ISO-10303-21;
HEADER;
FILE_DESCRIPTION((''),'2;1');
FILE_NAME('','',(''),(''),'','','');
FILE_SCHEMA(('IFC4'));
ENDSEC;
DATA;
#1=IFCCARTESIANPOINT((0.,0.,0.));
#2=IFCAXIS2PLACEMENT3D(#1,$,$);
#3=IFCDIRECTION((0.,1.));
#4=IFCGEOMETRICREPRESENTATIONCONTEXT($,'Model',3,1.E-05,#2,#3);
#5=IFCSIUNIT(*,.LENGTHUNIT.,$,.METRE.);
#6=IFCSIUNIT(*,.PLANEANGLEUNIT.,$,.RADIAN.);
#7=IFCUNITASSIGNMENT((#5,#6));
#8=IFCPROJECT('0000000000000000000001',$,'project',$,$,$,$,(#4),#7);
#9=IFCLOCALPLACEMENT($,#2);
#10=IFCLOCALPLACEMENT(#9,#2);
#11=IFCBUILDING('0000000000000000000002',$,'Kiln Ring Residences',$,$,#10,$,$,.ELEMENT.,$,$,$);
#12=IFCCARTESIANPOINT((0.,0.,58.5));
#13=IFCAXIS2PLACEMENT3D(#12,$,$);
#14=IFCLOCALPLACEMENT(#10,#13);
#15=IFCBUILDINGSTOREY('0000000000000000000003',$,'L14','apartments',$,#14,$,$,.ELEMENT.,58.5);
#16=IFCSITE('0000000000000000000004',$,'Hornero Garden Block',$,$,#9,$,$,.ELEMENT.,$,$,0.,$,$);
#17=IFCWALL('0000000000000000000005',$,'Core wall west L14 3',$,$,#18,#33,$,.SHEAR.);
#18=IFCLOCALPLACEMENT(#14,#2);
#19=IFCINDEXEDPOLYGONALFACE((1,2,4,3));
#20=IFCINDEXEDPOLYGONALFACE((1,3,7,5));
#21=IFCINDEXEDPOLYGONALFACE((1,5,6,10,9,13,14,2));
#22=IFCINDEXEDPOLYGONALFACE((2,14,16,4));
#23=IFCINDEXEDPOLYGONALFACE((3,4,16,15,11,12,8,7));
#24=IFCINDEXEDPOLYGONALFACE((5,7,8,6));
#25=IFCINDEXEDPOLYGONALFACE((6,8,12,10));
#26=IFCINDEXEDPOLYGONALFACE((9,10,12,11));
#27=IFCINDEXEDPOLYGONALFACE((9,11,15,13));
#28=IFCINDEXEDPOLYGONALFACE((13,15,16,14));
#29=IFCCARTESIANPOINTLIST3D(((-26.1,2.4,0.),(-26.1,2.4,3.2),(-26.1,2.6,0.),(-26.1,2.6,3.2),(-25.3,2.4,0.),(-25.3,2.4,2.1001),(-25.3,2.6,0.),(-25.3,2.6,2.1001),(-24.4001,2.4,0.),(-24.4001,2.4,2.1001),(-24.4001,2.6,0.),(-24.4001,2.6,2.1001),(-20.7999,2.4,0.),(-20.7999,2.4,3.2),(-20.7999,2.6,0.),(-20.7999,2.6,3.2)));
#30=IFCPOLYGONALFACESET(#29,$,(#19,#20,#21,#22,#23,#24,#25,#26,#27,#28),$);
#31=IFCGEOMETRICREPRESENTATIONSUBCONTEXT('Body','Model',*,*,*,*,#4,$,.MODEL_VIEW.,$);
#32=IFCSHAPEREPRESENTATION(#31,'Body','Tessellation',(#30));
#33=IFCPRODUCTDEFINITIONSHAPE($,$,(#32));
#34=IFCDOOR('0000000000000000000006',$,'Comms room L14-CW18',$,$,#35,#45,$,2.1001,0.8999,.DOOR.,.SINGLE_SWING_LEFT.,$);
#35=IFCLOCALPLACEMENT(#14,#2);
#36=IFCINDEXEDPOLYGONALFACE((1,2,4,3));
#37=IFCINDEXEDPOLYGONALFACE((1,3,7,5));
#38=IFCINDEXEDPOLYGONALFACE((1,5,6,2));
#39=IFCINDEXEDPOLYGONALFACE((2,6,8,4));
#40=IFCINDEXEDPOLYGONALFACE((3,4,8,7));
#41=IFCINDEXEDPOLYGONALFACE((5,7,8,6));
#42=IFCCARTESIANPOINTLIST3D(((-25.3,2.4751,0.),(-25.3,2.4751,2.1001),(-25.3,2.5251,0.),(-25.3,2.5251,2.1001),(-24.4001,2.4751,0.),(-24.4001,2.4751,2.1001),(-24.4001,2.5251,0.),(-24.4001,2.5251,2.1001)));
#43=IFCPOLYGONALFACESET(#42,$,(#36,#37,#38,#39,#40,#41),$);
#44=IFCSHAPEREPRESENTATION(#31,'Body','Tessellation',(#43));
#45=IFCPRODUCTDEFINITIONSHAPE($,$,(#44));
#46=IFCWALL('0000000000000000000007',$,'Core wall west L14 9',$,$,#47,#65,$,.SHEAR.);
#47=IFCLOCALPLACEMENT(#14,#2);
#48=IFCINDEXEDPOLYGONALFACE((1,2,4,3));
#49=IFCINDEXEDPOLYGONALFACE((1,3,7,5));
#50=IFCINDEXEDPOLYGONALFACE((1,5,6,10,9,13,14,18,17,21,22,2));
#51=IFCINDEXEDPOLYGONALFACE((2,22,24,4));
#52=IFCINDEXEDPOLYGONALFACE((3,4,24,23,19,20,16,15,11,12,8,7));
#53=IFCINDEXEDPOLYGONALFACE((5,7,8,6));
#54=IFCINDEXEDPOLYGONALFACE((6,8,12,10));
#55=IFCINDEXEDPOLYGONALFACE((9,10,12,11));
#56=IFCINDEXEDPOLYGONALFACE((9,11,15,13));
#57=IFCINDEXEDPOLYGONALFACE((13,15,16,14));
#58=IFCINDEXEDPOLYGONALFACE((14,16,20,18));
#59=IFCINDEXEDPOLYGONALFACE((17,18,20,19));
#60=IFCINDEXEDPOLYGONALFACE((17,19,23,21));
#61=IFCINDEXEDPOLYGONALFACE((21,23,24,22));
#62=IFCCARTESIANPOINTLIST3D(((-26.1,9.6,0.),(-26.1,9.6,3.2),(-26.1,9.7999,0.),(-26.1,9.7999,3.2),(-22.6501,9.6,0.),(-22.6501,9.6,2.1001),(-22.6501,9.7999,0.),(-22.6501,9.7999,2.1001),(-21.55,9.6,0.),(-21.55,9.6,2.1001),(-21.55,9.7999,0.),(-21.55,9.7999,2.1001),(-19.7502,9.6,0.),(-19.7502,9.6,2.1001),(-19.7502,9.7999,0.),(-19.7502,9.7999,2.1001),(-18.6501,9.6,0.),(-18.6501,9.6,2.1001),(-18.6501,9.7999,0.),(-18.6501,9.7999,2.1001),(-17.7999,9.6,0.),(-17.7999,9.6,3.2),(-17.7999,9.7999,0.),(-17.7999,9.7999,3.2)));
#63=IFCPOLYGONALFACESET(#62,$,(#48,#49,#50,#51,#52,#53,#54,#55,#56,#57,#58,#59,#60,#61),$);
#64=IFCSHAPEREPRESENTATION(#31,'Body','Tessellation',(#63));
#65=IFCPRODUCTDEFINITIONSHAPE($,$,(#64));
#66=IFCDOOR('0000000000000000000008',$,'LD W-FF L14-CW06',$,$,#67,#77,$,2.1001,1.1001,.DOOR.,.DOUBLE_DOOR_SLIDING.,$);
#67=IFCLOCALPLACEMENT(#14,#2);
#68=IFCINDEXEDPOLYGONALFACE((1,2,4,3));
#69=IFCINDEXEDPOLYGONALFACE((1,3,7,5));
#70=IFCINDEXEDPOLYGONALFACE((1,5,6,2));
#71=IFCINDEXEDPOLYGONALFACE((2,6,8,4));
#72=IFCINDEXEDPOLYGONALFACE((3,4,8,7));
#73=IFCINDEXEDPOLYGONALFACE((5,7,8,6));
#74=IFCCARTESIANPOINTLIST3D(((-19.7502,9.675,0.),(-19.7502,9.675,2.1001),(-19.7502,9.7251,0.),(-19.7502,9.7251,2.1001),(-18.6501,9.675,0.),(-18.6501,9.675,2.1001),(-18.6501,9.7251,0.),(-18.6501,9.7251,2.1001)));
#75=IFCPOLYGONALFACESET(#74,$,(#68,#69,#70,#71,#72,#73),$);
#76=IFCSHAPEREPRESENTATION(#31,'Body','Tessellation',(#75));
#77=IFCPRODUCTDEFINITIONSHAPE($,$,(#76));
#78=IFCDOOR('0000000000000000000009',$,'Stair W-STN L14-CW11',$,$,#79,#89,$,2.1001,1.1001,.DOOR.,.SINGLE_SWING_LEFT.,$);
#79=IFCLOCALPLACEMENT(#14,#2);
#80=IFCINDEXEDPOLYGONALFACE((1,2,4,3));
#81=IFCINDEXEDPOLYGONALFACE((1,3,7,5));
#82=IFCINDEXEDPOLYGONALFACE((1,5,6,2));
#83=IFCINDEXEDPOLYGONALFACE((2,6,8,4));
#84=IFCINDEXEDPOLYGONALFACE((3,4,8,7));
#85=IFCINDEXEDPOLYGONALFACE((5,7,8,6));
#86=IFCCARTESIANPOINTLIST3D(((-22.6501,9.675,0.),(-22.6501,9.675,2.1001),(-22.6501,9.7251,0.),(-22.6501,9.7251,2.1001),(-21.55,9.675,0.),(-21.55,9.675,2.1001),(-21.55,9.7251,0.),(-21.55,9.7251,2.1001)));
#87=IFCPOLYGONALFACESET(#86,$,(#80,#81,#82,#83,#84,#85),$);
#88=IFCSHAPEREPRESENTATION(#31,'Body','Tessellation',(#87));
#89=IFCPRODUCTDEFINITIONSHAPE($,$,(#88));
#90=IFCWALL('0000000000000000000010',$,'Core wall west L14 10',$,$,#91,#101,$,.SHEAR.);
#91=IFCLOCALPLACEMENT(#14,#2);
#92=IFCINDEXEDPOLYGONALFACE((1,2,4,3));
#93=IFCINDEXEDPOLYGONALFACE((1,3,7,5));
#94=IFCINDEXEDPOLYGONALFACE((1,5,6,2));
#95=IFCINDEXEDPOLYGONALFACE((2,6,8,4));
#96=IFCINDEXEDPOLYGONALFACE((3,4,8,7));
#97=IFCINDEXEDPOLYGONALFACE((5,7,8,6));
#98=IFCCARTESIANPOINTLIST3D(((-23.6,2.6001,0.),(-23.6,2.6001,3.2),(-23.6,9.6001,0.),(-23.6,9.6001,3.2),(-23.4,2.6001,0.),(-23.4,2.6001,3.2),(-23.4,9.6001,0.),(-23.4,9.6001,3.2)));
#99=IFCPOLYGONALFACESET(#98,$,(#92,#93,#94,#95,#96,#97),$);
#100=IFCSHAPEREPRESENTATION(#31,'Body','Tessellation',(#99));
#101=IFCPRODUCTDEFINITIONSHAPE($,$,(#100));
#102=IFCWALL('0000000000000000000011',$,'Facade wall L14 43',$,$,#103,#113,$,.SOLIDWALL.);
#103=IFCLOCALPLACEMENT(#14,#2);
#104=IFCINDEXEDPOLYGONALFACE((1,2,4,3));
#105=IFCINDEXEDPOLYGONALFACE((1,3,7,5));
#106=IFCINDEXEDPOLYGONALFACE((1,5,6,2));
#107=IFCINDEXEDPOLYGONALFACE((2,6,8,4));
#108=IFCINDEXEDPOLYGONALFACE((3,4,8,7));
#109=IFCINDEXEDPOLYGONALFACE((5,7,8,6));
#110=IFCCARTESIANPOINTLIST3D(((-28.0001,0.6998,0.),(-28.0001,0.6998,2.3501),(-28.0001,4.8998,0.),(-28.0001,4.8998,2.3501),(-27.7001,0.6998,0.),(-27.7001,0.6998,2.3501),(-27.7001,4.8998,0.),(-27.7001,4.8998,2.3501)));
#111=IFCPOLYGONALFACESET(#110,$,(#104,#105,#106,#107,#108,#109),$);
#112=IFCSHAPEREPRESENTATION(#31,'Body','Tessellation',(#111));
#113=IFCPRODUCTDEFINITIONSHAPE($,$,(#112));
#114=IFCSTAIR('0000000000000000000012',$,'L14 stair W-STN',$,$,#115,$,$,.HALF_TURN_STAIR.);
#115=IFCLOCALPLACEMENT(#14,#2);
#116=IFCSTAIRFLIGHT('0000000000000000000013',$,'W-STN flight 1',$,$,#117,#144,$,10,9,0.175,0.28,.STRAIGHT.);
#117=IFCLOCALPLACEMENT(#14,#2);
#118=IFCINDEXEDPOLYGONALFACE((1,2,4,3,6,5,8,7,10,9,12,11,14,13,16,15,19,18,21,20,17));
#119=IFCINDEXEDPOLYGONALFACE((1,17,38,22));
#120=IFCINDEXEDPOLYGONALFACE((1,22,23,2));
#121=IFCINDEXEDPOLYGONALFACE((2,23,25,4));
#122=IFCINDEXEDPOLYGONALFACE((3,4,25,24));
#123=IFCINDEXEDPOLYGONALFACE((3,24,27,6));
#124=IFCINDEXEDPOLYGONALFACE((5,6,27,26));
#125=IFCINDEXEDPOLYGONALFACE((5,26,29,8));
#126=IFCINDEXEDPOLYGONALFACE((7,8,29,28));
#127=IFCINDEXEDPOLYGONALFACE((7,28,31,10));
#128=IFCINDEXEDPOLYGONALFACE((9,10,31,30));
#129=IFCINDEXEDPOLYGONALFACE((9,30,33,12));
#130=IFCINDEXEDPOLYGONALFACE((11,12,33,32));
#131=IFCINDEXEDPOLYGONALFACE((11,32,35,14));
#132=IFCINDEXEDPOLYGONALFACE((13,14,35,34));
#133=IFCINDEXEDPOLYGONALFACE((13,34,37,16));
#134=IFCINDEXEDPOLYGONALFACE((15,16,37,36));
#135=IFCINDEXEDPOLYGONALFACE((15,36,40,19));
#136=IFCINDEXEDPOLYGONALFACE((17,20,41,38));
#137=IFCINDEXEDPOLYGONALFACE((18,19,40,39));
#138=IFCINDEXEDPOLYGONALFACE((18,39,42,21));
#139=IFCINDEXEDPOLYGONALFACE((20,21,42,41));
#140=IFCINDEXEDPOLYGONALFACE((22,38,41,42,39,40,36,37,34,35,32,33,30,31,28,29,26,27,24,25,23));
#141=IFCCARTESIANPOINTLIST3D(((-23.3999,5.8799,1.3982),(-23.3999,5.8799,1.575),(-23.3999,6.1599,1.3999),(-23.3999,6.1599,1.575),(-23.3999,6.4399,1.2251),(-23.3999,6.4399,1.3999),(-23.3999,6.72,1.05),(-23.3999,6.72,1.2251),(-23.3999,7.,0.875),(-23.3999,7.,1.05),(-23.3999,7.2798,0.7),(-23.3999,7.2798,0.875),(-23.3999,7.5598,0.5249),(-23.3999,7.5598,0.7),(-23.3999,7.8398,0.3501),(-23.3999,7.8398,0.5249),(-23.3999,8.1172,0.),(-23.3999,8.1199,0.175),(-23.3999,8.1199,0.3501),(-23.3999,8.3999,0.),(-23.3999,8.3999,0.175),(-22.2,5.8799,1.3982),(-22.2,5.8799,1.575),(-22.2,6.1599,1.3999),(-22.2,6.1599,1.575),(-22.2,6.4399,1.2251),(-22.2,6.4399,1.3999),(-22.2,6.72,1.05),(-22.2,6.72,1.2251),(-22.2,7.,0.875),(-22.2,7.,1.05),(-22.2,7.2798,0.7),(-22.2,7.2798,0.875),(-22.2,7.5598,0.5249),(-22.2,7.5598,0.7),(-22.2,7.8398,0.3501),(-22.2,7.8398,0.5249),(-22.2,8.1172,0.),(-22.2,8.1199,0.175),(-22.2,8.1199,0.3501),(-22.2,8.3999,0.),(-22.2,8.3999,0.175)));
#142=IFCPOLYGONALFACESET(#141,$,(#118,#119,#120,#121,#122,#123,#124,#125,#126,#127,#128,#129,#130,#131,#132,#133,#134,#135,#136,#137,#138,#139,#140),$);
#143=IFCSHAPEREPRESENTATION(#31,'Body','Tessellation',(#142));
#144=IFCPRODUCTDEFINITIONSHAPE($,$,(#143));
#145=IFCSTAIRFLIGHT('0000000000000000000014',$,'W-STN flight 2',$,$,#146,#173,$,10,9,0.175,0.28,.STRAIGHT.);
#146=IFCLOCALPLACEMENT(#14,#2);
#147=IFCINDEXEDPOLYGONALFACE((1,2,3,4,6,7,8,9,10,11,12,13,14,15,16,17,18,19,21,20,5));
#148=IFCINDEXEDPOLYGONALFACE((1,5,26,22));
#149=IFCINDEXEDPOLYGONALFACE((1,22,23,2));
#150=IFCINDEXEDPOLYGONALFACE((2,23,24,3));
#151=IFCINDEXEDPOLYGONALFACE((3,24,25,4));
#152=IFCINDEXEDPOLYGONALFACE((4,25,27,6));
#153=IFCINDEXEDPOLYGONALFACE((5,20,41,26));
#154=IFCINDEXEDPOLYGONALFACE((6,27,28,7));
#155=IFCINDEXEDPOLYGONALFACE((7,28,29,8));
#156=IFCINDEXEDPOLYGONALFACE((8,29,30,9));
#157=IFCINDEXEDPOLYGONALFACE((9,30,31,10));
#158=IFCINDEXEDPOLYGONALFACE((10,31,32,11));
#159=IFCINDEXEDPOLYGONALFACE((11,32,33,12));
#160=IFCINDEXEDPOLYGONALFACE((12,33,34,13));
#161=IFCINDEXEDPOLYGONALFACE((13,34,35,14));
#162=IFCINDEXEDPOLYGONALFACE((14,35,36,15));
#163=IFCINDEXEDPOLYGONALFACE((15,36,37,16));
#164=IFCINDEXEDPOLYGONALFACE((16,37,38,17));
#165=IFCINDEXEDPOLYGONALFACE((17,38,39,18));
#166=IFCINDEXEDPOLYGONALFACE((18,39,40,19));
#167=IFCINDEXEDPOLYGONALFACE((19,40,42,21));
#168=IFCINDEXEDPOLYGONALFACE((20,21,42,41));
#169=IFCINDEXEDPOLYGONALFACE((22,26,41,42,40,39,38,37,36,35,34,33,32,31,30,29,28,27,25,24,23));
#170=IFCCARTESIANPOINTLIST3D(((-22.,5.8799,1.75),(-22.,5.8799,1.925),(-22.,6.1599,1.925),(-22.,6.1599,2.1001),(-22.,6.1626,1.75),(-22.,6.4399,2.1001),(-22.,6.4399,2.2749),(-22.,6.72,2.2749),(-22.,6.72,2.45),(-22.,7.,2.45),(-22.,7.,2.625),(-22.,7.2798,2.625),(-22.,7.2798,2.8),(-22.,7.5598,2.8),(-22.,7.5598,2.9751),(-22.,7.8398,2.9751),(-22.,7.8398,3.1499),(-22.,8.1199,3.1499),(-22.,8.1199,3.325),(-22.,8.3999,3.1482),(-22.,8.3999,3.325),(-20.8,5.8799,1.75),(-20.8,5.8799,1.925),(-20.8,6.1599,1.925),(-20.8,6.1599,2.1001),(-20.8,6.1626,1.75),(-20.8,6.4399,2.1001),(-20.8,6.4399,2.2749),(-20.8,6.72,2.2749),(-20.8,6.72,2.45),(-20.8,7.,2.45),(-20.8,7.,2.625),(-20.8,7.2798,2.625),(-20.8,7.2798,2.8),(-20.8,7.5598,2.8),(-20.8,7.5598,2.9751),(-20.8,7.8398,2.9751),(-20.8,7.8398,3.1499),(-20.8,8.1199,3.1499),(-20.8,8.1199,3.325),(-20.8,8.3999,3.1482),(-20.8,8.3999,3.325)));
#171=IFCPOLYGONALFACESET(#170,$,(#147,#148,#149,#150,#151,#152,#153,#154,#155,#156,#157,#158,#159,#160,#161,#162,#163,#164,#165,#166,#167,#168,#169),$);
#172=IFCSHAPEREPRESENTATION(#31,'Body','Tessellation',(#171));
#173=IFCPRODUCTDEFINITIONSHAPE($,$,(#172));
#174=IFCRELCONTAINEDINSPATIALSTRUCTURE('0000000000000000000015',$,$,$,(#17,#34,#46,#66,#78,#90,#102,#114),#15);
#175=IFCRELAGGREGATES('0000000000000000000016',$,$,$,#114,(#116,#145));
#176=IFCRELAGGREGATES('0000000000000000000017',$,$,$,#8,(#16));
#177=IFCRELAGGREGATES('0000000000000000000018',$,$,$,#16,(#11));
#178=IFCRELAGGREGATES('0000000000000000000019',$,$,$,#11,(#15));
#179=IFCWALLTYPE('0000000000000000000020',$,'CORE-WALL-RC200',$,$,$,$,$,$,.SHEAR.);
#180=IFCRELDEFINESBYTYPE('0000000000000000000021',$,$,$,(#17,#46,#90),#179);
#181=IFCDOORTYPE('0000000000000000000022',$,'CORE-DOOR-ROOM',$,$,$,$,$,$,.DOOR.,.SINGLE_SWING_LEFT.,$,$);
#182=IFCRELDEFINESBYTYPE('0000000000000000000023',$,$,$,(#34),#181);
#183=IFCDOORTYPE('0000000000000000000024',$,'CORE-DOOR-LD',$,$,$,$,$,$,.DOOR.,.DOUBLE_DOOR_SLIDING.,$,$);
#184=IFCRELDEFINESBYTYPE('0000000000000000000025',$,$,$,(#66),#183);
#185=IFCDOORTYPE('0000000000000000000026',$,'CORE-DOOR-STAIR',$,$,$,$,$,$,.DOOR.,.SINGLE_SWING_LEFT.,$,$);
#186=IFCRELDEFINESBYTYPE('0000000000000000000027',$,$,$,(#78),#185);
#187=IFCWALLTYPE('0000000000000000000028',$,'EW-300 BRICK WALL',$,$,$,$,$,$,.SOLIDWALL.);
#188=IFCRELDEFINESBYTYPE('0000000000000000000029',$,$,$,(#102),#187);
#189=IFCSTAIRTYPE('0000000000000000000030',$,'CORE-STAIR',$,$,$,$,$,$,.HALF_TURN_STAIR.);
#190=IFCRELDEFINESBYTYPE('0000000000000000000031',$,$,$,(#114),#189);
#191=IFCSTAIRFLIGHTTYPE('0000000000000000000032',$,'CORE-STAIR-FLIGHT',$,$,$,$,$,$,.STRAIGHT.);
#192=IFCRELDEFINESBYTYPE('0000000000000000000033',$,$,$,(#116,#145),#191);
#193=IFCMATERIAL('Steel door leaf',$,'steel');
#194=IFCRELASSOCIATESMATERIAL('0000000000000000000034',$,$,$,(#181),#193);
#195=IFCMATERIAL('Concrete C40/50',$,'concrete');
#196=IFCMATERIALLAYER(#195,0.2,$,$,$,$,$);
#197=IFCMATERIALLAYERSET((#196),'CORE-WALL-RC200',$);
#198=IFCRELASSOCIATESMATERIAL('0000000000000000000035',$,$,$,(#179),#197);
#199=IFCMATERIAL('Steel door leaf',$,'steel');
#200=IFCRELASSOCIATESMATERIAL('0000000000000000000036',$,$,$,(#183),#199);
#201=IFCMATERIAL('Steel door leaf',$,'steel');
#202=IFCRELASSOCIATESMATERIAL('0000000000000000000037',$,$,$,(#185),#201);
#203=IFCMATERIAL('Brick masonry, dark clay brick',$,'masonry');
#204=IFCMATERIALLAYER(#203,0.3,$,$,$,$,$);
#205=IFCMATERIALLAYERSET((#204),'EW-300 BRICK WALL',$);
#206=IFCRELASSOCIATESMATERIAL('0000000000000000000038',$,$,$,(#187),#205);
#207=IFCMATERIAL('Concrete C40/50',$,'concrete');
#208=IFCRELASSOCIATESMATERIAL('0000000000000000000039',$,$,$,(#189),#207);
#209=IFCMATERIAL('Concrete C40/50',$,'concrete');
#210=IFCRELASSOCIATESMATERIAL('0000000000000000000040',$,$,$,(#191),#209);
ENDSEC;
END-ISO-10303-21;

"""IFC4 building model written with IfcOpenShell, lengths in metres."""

from ifc_helpers import new_model, si_unit, direction, frame, frame_2d, origin, place, context, subcontext, project, spatial, polyline, rectangle, outline, extrude, material, layer, layer_set, type_object, element, fill, aggregate, save


model = new_model("IFC4")

# Units and contexts
model_context = context("Model", 3, precision=1e-05, world=origin(), true_north=direction((0.0, 1.0)))
body_context = subcontext(model_context, "Body", "Model", "MODEL_VIEW")
ifc_project = project(units=[si_unit("LENGTHUNIT", "METRE"), si_unit("PLANEANGLEUNIT", "RADIAN")], contexts=[model_context])

# Site, building, storey
site_placement = place(None, origin())
site = spatial("IfcSite", under=ifc_project, at=site_placement, Name="Hornero Garden Block", CompositionType="ELEMENT", RefElevation=0.0)
building_placement = place(site_placement, origin())
building = spatial("IfcBuilding", under=site, at=building_placement, Name="Kiln Ring Residences", CompositionType="ELEMENT")
storey_placement = place(building_placement, frame((0.0, 0.0, 58.5)))
storey = spatial("IfcBuildingStorey", under=building, at=storey_placement, Name="L14", Description="apartments", CompositionType="ELEMENT", Elevation=58.5)

# Shared definitions
ifc_material_1 = material(Name="Steel door leaf", Category="steel")
door_type_1 = type_object("IfcDoorType", Name="CORE-DOOR-ROOM", OperationType="SINGLE_SWING_LEFT", PredefinedType="DOOR", material=ifc_material_1)

# Shared definitions
ifc_material_2 = material(Name="Concrete C40/50", Category="concrete")
ifc_layer_1 = layer(ifc_material_2, 0.2)
ifc_layer_set_1 = layer_set([ifc_layer_1], Name="CORE-WALL-RC200")
wall_type_1 = type_object("IfcWallType", Name="CORE-WALL-RC200", PredefinedType="SHEAR", material=ifc_layer_set_1)

# Wall, opening, door
wall_1_placement = place(storey_placement, frame((-20.8, 2.5, 0.0), z_axis=(0.0, 0.0, 1.0), x_axis=(-1.0, 0.0, 0.0)))
wall_1 = element("IfcWall", 1, at=wall_1_placement, inside=storey, type_object=wall_type_1, Name="Core wall west L14 3", PredefinedType="SHEAR", context=body_context, shape_type="SweptSolid", body=[
    extrude(rectangle(XDim=5.3, YDim=0.2, at=frame_2d((2.6499, 0.0))), origin(), (0.0, 0.0, 1.0), 3.2),
])
opening_1_placement = place(wall_1_placement, frame((3.6001, 0.0, 0.0)))
opening_1 = element("IfcOpeningElement", 2, at=opening_1_placement, cuts=wall_1, PredefinedType="OPENING", context=body_context, shape_type="SweptSolid", body=[
    extrude(rectangle(XDim=0.8999, YDim=2.1001, at=frame_2d((0.45, 1.05))), frame((0.0, 0.1099, 0.0), z_axis=(0.0, -1.0, 0.0), x_axis=(1.0, 0.0, 0.0)), (0.0, 0.0, 1.0), 0.22),
])
door_1_placement = place(opening_1_placement, origin())
door_1 = element("IfcDoor", 3, at=door_1_placement, inside=storey, type_object=door_type_1, Name="Comms room L14-CW18", OperationType="SINGLE_SWING_LEFT", OverallHeight=2.1001, OverallWidth=0.8999, PredefinedType="DOOR", context=body_context, shape_type="SweptSolid", body=[
    extrude(rectangle(XDim=0.8999, YDim=2.1001, at=frame_2d((0.45, 1.05))), frame((0.0, 0.0249, 0.0), z_axis=(0.0, -1.0, 0.0), x_axis=(1.0, 0.0, 0.0)), (0.0, 0.0, 1.0), 0.05),
])
fill(opening_1, door_1)

# Wall, openings, doors
wall_2_placement = place(storey_placement, frame((-17.8, 9.7, 0.0), z_axis=(0.0, 0.0, 1.0), x_axis=(-1.0, 0.0, 0.0)))
wall_2 = element("IfcWall", 4, at=wall_2_placement, inside=storey, type_object=wall_type_1, Name="Core wall west L14 9", PredefinedType="SHEAR", context=body_context, shape_type="SweptSolid", body=[
    extrude(rectangle(XDim=8.3, YDim=0.2, at=frame_2d((4.1499, 0.0))), origin(), (0.0, 0.0, 1.0), 3.2),
])
opening_2_placement = place(wall_2_placement, frame((0.8501, 0.0, 0.0)))
opening_2 = element("IfcOpeningElement", 5, at=opening_2_placement, cuts=wall_2, PredefinedType="OPENING", context=body_context, shape_type="SweptSolid", body=[
    extrude(rectangle(XDim=1.1001, YDim=2.1001, at=frame_2d((0.55, 1.05))), frame((0.0, 0.1099, 0.0), z_axis=(0.0, -1.0, 0.0), x_axis=(1.0, 0.0, 0.0)), (0.0, 0.0, 1.0), 0.22),
])
opening_3_placement = place(wall_2_placement, frame((3.75, 0.0, 0.0)))
opening_3 = element("IfcOpeningElement", 6, at=opening_3_placement, cuts=wall_2, PredefinedType="OPENING", context=body_context, shape_type="SweptSolid", body=[
    extrude(rectangle(XDim=1.1001, YDim=2.1001, at=frame_2d((0.55, 1.05))), frame((0.0, 0.1099, 0.0), z_axis=(0.0, -1.0, 0.0), x_axis=(1.0, 0.0, 0.0)), (0.0, 0.0, 1.0), 0.22),
])
ifc_material_3 = material(Name="Steel door leaf", Category="steel")
door_type_2 = type_object("IfcDoorType", Name="CORE-DOOR-LD", OperationType="DOUBLE_DOOR_SLIDING", PredefinedType="DOOR", material=ifc_material_3)
door_2_placement = place(opening_2_placement, origin())
door_2 = element("IfcDoor", 7, at=door_2_placement, inside=storey, type_object=door_type_2, Name="LD W-FF L14-CW06", OperationType="DOUBLE_DOOR_SLIDING", OverallHeight=2.1001, OverallWidth=1.1001, PredefinedType="DOOR", context=body_context, shape_type="SweptSolid", body=[
    extrude(rectangle(XDim=1.1001, YDim=2.1001, at=frame_2d((0.55, 1.05))), frame((0.0, 0.0249, 0.0), z_axis=(0.0, -1.0, 0.0), x_axis=(1.0, 0.0, 0.0)), (0.0, 0.0, 1.0), 0.05),
])
fill(opening_2, door_2)
ifc_material_4 = material(Name="Steel door leaf", Category="steel")
door_type_3 = type_object("IfcDoorType", Name="CORE-DOOR-STAIR", OperationType="SINGLE_SWING_LEFT", PredefinedType="DOOR", material=ifc_material_4)
door_3_placement = place(opening_3_placement, origin())
door_3 = element("IfcDoor", 8, at=door_3_placement, inside=storey, type_object=door_type_3, Name="Stair W-STN L14-CW11", OperationType="SINGLE_SWING_LEFT", OverallHeight=2.1001, OverallWidth=1.1001, PredefinedType="DOOR", context=body_context, shape_type="SweptSolid", body=[
    extrude(rectangle(XDim=1.1001, YDim=2.1001, at=frame_2d((0.55, 1.05))), frame((0.0, 0.0249, 0.0), z_axis=(0.0, -1.0, 0.0), x_axis=(1.0, 0.0, 0.0)), (0.0, 0.0, 1.0), 0.05),
])
fill(opening_3, door_3)

# Walls
wall_3_placement = place(storey_placement, frame((-23.5, 2.6001, 0.0), z_axis=(0.0, 0.0, 1.0), x_axis=(0.0, 1.0, 0.0)))
element("IfcWall", 9, at=wall_3_placement, inside=storey, type_object=wall_type_1, Name="Core wall west L14 10", PredefinedType="SHEAR", context=body_context, shape_type="SweptSolid", body=[
    extrude(rectangle(XDim=7.0, YDim=0.2, at=frame_2d((3.5, 0.0))), origin(), (0.0, 0.0, 1.0), 3.2),
])
ifc_material_5 = material(Name="Brick masonry, dark clay brick", Category="masonry")
ifc_layer_2 = layer(ifc_material_5, 0.3)
ifc_layer_set_2 = layer_set([ifc_layer_2], Name="EW-300 BRICK WALL")
wall_type_2 = type_object("IfcWallType", Name="EW-300 BRICK WALL", PredefinedType="SOLIDWALL", material=ifc_layer_set_2)
wall_4_placement = place(storey_placement, frame((-27.8501, 4.8999, 0.0), z_axis=(0.0, 0.0, 1.0), x_axis=(0.0, -1.0, 0.0)))
element("IfcWall", 10, at=wall_4_placement, inside=storey, type_object=wall_type_2, Name="Facade wall L14 43", PredefinedType="SOLIDWALL", context=body_context, shape_type="SweptSolid", body=[
    extrude(rectangle(XDim=4.2, YDim=0.3, at=frame_2d((2.1001, 0.0))), origin(), (0.0, 0.0, 1.0), 2.3501),
])

# Stair, stair flights
ifc_material_6 = material(Name="Concrete C40/50", Category="concrete")
stair_type = type_object("IfcStairType", Name="CORE-STAIR", PredefinedType="HALF_TURN_STAIR", material=ifc_material_6)
stair_placement = place(storey_placement, origin())
stair = element("IfcStair", 11, at=stair_placement, inside=storey, type_object=stair_type, Name="L14 stair W-STN", PredefinedType="HALF_TURN_STAIR")
ifc_material_7 = material(Name="Concrete C40/50", Category="concrete")
stair_flight_type = type_object("IfcStairFlightType", Name="CORE-STAIR-FLIGHT", PredefinedType="STRAIGHT", material=ifc_material_7)
stair_flight_1_placement = place(storey_placement, frame((-22.8, 8.3999, 0.0), z_axis=(0.0, 0.0, 1.0), x_axis=(0.0, -1.0, 0.0)))
stair_flight_1 = element("IfcStairFlight", 12, at=stair_flight_1_placement, type_object=stair_flight_type, Name="W-STN flight 1", NumberOfRisers=10, NumberOfTreads=9, PredefinedType="STRAIGHT", RiserHeight=0.175, TreadLength=0.28, context=body_context, shape_type="SweptSolid", body=[
    extrude(outline(polyline([(0.0, 0.0), (0.0, 0.175), (0.28, 0.175), (0.28, 0.3501), (0.5601, 0.3501), (0.5601, 0.5249), (0.8401, 0.5249), (0.8401, 0.7), (1.1201, 0.7), (1.1201, 0.875), (1.3999, 0.875), (1.3999, 1.05), (1.6799, 1.05), (1.6799, 1.2251), (1.96, 1.2251), (1.96, 1.3999), (2.24, 1.3999), (2.24, 1.575), (2.52, 1.575), (2.52, 1.75), (2.52, 1.3982), (0.2827, 0.0), (0.0, 0.0)])), frame((0.0, 0.6001, 0.0), z_axis=(0.0, -1.0, 0.0), x_axis=(1.0, 0.0, 0.0)), (0.0, 0.0, 1.0), 1.2),
])
stair_flight_2_placement = place(storey_placement, frame((-21.3999, 5.8799, 1.75), z_axis=(0.0, 0.0, 1.0), x_axis=(0.0, 1.0, 0.0)))
stair_flight_2 = element("IfcStairFlight", 13, at=stair_flight_2_placement, type_object=stair_flight_type, Name="W-STN flight 2", NumberOfRisers=10, NumberOfTreads=9, PredefinedType="STRAIGHT", RiserHeight=0.175, TreadLength=0.28, context=body_context, shape_type="SweptSolid", body=[
    extrude(outline(polyline([(0.0, 0.0), (0.0, 0.175), (0.28, 0.175), (0.28, 0.3501), (0.5601, 0.3501), (0.5601, 0.5249), (0.8401, 0.5249), (0.8401, 0.7), (1.1201, 0.7), (1.1201, 0.875), (1.3999, 0.875), (1.3999, 1.05), (1.6799, 1.05), (1.6799, 1.2251), (1.96, 1.2251), (1.96, 1.3999), (2.24, 1.3999), (2.24, 1.575), (2.52, 1.575), (2.52, 1.75), (2.52, 1.3982), (0.2827, 0.0), (0.0, 0.0)])), frame((0.0, 0.6001, 0.0), z_axis=(0.0, -1.0, 0.0), x_axis=(1.0, 0.0, 0.0)), (0.0, 0.0, 1.0), 1.2),
])
aggregate(stair, [stair_flight_1, stair_flight_2])

save(model, "model.ifc")
